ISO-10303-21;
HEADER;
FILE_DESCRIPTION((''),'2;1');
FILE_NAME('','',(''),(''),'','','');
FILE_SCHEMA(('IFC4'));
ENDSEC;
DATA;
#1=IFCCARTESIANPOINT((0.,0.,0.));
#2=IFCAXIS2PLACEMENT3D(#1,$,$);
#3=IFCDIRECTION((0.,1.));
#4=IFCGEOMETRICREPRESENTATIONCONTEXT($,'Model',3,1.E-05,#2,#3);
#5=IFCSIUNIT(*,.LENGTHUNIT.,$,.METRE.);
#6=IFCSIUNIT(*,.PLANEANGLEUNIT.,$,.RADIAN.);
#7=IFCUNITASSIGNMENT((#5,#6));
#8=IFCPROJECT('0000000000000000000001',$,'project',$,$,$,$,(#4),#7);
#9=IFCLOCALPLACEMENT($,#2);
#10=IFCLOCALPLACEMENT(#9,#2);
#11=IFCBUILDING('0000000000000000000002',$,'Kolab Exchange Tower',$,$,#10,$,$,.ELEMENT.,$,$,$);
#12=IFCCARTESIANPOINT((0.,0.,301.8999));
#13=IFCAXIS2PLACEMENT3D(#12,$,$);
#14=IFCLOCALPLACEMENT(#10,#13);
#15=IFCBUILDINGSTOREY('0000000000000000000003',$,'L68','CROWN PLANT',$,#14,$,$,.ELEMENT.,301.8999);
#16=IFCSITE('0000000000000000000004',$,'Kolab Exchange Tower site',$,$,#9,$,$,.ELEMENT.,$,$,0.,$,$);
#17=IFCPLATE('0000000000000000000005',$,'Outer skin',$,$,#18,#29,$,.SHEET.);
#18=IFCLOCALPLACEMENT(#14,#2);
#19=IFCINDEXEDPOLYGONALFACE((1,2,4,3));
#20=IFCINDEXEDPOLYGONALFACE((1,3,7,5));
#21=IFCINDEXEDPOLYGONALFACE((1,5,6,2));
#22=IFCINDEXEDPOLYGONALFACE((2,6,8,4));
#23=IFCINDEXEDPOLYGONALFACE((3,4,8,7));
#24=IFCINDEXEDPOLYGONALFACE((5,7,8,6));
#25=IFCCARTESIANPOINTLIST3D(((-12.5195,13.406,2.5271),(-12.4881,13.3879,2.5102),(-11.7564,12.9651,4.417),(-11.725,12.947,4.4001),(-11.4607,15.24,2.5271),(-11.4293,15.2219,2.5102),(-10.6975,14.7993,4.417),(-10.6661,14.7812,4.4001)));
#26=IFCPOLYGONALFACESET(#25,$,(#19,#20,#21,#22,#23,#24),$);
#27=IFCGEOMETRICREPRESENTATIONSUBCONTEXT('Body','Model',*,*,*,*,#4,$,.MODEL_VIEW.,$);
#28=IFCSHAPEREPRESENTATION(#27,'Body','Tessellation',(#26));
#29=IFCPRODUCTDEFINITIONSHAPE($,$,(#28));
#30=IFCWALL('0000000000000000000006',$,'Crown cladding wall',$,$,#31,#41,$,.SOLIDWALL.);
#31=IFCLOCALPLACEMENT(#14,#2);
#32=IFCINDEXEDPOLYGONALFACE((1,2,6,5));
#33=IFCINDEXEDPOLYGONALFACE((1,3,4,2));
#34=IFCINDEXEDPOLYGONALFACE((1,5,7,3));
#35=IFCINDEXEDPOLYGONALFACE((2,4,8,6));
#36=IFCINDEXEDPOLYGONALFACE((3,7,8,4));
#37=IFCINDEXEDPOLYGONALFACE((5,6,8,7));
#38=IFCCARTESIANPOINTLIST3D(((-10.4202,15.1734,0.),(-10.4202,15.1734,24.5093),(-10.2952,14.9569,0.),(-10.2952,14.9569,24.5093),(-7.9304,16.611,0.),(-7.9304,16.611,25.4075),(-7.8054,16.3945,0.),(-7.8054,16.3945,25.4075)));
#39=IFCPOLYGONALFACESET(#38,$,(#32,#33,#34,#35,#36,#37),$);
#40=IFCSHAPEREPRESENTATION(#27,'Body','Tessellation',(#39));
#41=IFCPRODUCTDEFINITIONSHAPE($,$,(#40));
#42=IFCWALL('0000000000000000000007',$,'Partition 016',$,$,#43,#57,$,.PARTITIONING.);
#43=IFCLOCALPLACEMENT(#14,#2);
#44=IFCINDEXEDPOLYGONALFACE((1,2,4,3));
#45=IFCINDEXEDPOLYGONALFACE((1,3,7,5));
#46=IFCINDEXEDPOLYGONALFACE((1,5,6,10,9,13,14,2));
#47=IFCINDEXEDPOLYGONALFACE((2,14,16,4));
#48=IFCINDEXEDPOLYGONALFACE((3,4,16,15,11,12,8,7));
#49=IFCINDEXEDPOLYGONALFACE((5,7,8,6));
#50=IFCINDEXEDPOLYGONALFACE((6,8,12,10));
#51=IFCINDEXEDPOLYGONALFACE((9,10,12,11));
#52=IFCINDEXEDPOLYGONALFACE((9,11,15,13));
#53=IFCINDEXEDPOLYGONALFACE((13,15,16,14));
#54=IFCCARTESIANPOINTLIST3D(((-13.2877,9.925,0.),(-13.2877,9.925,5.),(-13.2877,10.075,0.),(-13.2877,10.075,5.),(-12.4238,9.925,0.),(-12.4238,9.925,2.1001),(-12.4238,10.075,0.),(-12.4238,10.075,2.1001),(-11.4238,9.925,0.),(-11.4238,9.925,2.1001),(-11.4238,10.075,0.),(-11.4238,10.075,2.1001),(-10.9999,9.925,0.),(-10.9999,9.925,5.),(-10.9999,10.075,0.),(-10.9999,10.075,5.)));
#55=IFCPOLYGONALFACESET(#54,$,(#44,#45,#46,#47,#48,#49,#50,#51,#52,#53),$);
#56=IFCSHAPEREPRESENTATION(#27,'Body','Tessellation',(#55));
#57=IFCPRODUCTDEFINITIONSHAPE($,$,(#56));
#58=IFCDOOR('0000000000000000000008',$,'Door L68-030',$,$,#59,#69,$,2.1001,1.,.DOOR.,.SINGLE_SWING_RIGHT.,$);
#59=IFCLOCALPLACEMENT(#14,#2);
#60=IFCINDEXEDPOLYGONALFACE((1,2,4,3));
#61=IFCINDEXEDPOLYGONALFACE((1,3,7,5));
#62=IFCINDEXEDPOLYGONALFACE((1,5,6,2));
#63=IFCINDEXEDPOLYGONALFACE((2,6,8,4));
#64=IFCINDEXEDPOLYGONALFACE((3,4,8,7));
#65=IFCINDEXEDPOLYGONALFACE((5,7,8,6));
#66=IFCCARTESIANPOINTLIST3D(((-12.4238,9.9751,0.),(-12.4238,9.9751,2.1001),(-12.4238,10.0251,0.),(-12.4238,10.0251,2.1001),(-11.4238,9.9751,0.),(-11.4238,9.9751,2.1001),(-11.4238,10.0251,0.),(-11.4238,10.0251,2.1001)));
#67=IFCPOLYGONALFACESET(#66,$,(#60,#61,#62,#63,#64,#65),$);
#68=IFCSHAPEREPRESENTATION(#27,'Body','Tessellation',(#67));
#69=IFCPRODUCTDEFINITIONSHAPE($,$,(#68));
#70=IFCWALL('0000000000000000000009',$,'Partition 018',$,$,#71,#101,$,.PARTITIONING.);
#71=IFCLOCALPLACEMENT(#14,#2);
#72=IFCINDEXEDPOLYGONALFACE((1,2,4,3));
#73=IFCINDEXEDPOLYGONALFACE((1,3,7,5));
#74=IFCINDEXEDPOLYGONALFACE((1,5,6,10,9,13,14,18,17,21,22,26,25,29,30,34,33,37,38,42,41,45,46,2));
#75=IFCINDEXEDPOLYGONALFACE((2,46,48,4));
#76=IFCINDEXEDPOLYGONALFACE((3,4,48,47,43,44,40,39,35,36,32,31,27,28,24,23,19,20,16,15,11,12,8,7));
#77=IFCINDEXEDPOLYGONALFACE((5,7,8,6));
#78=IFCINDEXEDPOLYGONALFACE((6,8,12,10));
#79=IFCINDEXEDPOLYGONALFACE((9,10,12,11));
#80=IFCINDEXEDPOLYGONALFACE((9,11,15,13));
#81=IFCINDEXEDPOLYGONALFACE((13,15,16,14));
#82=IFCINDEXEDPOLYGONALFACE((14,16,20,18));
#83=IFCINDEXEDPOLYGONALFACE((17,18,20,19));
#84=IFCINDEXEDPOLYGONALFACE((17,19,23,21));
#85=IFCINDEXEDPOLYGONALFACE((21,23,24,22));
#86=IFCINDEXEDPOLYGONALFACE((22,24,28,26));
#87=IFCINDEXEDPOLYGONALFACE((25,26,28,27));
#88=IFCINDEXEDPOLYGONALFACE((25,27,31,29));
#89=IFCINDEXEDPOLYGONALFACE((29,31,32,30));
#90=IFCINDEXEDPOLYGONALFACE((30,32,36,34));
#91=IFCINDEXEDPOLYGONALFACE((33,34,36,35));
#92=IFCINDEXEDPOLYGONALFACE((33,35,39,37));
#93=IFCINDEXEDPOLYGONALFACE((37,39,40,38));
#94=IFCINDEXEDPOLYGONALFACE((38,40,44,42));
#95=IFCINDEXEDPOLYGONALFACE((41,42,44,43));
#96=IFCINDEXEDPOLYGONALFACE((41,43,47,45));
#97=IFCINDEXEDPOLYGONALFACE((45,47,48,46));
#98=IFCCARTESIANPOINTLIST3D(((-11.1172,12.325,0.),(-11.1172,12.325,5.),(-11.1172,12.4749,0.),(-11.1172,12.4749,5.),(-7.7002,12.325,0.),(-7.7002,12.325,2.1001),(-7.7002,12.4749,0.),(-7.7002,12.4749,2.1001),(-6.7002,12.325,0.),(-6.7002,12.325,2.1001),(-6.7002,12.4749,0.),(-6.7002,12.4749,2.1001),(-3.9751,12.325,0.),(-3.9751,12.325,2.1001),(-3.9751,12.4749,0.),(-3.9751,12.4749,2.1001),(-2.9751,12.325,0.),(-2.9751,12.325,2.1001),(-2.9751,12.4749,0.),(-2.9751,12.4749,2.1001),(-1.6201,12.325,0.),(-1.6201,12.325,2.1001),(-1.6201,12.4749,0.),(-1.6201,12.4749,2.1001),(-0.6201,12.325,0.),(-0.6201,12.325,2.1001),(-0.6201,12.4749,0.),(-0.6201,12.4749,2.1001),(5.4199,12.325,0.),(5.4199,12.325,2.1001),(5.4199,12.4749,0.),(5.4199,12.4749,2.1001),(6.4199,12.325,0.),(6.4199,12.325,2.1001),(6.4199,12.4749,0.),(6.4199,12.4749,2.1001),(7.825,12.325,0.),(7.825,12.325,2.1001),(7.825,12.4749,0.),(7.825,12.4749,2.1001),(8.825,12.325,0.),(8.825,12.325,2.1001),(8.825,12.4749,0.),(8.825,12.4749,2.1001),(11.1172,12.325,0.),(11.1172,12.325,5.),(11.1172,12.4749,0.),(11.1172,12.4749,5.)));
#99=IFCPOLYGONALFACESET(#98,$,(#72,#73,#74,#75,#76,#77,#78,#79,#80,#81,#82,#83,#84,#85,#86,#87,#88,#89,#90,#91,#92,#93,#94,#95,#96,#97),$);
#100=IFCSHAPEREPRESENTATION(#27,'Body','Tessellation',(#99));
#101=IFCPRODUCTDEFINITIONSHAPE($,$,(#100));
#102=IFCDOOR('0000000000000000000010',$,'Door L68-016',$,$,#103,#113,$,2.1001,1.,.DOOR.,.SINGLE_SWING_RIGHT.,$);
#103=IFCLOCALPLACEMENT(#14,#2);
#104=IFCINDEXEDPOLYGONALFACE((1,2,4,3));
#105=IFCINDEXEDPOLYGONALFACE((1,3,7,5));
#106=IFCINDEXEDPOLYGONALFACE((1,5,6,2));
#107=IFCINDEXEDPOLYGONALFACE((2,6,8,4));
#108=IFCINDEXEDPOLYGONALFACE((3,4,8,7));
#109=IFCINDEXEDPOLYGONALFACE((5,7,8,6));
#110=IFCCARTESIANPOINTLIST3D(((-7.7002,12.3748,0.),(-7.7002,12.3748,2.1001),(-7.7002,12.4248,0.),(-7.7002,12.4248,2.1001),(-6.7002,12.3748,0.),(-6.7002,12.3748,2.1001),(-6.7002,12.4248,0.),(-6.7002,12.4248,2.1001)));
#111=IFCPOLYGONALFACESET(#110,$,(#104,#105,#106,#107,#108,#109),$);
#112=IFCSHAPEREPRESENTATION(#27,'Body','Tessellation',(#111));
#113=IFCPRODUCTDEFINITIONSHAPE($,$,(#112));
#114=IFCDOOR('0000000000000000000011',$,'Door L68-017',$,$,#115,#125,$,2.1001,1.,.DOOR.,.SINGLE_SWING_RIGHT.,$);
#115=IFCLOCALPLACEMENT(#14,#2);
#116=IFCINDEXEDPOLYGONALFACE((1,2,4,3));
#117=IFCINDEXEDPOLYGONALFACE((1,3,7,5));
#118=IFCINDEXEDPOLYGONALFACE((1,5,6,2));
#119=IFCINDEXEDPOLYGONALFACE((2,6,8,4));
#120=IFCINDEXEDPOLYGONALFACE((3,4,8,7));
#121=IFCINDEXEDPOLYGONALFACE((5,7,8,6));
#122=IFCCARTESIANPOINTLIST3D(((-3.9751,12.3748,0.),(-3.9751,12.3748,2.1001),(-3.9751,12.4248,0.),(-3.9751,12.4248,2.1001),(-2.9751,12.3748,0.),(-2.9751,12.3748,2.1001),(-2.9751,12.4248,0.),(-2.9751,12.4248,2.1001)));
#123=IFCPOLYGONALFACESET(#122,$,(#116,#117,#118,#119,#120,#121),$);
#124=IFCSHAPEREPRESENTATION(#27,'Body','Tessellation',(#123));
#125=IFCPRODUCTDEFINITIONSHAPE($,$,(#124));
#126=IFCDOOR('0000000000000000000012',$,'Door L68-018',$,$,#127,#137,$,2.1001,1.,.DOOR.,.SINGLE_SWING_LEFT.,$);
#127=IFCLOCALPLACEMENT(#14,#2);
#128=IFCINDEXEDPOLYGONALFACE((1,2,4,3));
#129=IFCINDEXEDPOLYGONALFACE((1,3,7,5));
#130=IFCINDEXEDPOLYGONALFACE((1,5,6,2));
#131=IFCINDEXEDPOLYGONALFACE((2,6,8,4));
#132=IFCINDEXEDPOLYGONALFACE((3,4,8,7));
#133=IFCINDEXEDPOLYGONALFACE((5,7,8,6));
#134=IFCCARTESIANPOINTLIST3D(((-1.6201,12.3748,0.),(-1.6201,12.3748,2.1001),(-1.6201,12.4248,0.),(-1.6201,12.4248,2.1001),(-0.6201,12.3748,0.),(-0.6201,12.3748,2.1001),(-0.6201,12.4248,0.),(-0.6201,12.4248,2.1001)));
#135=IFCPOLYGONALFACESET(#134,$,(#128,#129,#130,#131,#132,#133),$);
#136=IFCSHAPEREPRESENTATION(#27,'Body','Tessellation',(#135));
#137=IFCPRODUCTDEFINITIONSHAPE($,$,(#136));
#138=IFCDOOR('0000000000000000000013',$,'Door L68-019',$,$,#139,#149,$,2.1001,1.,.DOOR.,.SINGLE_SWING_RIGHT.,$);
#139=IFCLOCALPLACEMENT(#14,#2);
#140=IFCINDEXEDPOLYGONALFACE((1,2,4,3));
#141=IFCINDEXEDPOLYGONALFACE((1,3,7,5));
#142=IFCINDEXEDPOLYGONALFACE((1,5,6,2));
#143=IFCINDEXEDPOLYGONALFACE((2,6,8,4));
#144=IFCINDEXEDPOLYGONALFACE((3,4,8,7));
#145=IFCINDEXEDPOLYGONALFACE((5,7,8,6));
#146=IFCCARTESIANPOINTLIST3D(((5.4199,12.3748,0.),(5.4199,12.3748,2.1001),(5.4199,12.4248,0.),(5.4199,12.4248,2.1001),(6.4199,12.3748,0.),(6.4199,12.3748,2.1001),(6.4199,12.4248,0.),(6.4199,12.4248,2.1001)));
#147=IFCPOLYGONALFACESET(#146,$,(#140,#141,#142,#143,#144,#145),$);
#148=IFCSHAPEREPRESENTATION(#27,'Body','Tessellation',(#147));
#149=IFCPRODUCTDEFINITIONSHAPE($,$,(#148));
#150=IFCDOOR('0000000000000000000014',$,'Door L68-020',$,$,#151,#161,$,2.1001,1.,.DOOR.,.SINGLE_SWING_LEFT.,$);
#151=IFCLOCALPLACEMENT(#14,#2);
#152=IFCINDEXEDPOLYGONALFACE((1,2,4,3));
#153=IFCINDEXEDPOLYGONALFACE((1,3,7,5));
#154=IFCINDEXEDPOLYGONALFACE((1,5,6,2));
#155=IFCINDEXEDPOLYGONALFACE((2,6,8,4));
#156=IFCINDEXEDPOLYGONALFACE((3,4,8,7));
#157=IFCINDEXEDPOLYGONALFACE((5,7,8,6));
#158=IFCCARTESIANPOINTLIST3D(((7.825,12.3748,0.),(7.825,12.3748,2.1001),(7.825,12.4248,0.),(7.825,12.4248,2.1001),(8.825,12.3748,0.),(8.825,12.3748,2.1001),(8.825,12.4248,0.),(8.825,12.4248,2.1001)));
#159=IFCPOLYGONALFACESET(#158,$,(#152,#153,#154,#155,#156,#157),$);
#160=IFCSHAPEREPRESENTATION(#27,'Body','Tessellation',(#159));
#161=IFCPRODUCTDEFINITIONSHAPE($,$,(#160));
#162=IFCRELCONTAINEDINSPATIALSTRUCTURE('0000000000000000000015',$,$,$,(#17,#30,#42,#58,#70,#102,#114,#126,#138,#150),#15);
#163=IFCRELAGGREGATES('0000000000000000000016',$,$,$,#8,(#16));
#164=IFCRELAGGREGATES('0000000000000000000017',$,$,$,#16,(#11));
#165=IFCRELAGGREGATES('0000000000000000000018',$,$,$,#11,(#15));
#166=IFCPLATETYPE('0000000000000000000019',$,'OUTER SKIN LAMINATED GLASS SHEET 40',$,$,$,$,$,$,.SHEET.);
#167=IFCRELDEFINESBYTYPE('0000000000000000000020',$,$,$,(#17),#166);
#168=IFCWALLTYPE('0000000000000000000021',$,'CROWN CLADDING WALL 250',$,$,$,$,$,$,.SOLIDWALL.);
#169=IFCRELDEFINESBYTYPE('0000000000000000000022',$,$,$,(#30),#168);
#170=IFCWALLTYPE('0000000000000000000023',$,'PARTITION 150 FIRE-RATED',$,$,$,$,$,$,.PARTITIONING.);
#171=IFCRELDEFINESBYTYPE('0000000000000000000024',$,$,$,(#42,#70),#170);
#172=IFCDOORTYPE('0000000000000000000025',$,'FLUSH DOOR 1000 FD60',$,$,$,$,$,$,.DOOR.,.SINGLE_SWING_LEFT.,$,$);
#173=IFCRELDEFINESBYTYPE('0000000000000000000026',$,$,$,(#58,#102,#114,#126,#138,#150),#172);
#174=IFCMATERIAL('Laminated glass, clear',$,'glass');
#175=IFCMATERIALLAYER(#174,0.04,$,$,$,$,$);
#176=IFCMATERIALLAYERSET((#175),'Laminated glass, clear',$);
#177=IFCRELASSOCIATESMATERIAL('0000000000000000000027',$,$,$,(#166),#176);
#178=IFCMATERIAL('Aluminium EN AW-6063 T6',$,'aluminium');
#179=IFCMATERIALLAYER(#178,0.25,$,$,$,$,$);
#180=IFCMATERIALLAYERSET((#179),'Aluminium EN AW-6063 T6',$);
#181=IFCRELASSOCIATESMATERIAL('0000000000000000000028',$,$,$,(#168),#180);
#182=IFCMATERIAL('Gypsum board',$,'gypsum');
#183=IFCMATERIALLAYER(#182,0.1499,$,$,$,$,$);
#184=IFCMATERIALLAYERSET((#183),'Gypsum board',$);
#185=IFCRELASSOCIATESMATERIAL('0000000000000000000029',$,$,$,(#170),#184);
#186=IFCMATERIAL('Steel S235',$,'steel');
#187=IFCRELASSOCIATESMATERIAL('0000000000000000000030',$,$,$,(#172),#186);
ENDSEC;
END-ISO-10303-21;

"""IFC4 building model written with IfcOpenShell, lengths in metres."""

from ifc_helpers import new_model, si_unit, direction, frame, frame_2d, origin, place, context, subcontext, project, spatial, polyline, rectangle, outline, extrude, material, layer, layer_set, type_object, element, fill, save


model = new_model("IFC4")

# Units and contexts
model_context = context("Model", 3, precision=1e-05, world=origin(), true_north=direction((0.0, 1.0)))
body_context = subcontext(model_context, "Body", "Model", "MODEL_VIEW")
ifc_project = project(units=[si_unit("LENGTHUNIT", "METRE"), si_unit("PLANEANGLEUNIT", "RADIAN")], contexts=[model_context])

# Site, building, storey
site_placement = place(None, origin())
site = spatial("IfcSite", under=ifc_project, at=site_placement, Name="Kolab Exchange Tower site", CompositionType="ELEMENT", RefElevation=0.0)
building_placement = place(site_placement, origin())
building = spatial("IfcBuilding", under=site, at=building_placement, Name="Kolab Exchange Tower", CompositionType="ELEMENT")
storey_placement = place(building_placement, frame((0.0, 0.0, 301.8999)))
storey = spatial("IfcBuildingStorey", under=building, at=storey_placement, Name="L68", Description="CROWN PLANT", CompositionType="ELEMENT", Elevation=301.8999)

# Plate
ifc_material_1 = material(Name="Laminated glass, clear", Category="glass")
ifc_layer_1 = layer(ifc_material_1, 0.04)
ifc_layer_set_1 = layer_set([ifc_layer_1], Name="Laminated glass, clear")
plate_type = type_object("IfcPlateType", Name="OUTER SKIN LAMINATED GLASS SHEET 40", PredefinedType="SHEET", material=ifc_layer_set_1)
plate_1_placement = place(storey_placement, frame((-12.5195, 13.406, 2.5271), z_axis=(-0.784891, 0.453121, 0.422643), x_axis=(0.499975, 0.86604, 0.000011)))
element("IfcPlate", 1, at=plate_1_placement, inside=storey, type_object=plate_type, Name="Outer skin", PredefinedType="SHEET", context=body_context, shape_type="SweptSolid", body=[
    extrude(outline(polyline([(0.0, 0.0), (2.1177, 0.0), (2.1176, -2.0853), (-0.0003, -2.0853), (0.0, 0.0)])), origin(), (0.0, 0.0, -1.0), 0.04),
])

# Wall
ifc_material_2 = material(Name="Aluminium EN AW-6063 T6", Category="aluminium")
ifc_layer_2 = layer(ifc_material_2, 0.25)
ifc_layer_set_2 = layer_set([ifc_layer_2], Name="Aluminium EN AW-6063 T6")
wall_type_1 = type_object("IfcWallType", Name="CROWN CLADDING WALL 250", PredefinedType="SOLIDWALL", material=ifc_layer_set_2)
wall_1_placement = place(storey_placement, frame((-10.3577, 15.0652, 0.0), z_axis=(0.0, 0.0, 1.0), x_axis=(0.866019, 0.500012, 0.0)))
element("IfcWall", 2, at=wall_1_placement, inside=storey, type_object=wall_type_1, Name="Crown cladding wall", PredefinedType="SOLIDWALL", context=body_context, shape_type="SweptSolid", body=[
    extrude(outline(polyline([(0.0, 0.0), (2.875, 0.0), (2.875, 25.4075), (0.0, 24.5093), (0.0, 0.0)])), frame((0.0, 0.125, 0.0), z_axis=(0.0, -1.0, 0.0), x_axis=(1.0, 0.0, 0.0)), (0.0, 0.0, 1.0), 0.25),
])

# Wall, opening, door
ifc_material_3 = material(Name="Gypsum board", Category="gypsum")
ifc_layer_3 = layer(ifc_material_3, 0.1499)
ifc_layer_set_3 = layer_set([ifc_layer_3], Name="Gypsum board")
wall_type_2 = type_object("IfcWallType", Name="PARTITION 150 FIRE-RATED", PredefinedType="PARTITIONING", material=ifc_layer_set_3)
wall_2_placement = place(storey_placement, frame((-13.2878, 10.0, 0.0), z_axis=(0.0, 0.0, 1.0), x_axis=(1.0, 0.0, 0.0)))
wall_2 = element("IfcWall", 3, at=wall_2_placement, inside=storey, type_object=wall_type_2, Name="Partition 016", PredefinedType="PARTITIONING", context=body_context, shape_type="SweptSolid", body=[
    extrude(rectangle(XDim=2.2878, YDim=0.1499, at=frame_2d((1.144, 0.0))), origin(), (0.0, 0.0, 1.0), 5.0),
])
opening_1_placement = place(wall_2_placement, frame((0.864, 0.0, 0.0)))
opening_1 = element("IfcOpeningElement", 4, at=opening_1_placement, cuts=wall_2, PredefinedType="OPENING", context=body_context, shape_type="SweptSolid", body=[
    extrude(rectangle(XDim=1.0, YDim=2.1001, at=frame_2d((0.5, 1.05))), frame((0.0, 0.085, 0.0), z_axis=(0.0, -1.0, 0.0), x_axis=(1.0, 0.0, 0.0)), (0.0, 0.0, 1.0), 0.1699),
])
ifc_material_4 = material(Name="Steel S235", Category="steel")
door_type = type_object("IfcDoorType", Name="FLUSH DOOR 1000 FD60", OperationType="SINGLE_SWING_LEFT", PredefinedType="DOOR", material=ifc_material_4)
door_1_placement = place(opening_1_placement, frame((1.0, 0.0, 0.0), z_axis=(0.0, 0.0, 1.0), x_axis=(-1.0, 0.0, 0.0)))
door_1 = element("IfcDoor", 5, at=door_1_placement, inside=storey, type_object=door_type, Name="Door L68-030", OperationType="SINGLE_SWING_RIGHT", OverallHeight=2.1001, OverallWidth=1.0, PredefinedType="DOOR", context=body_context, shape_type="SweptSolid", body=[
    extrude(rectangle(XDim=1.0, YDim=2.1001, at=frame_2d((0.5, 1.05))), frame((0.0, 0.0249, 0.0), z_axis=(0.0, -1.0, 0.0), x_axis=(1.0, 0.0, 0.0)), (0.0, 0.0, 1.0), 0.05),
])
fill(opening_1, door_1)

# Wall, openings, doors
wall_3_placement = place(storey_placement, frame((-11.1172, 12.3999, 0.0), z_axis=(0.0, 0.0, 1.0), x_axis=(1.0, 0.0, 0.0)))
wall_3 = element("IfcWall", 6, at=wall_3_placement, inside=storey, type_object=wall_type_2, Name="Partition 018", PredefinedType="PARTITIONING", context=body_context, shape_type="SweptSolid", body=[
    extrude(rectangle(XDim=22.2344, YDim=0.1499, at=frame_2d((11.1172, 0.0))), origin(), (0.0, 0.0, 1.0), 5.0),
])
opening_2_placement = place(wall_3_placement, frame((3.417, 0.0, 0.0)))
opening_2 = element("IfcOpeningElement", 7, at=opening_2_placement, cuts=wall_3, PredefinedType="OPENING", context=body_context, shape_type="SweptSolid", body=[
    extrude(rectangle(XDim=1.0, YDim=2.1001, at=frame_2d((0.5, 1.05))), frame((0.0, 0.085, 0.0), z_axis=(0.0, -1.0, 0.0), x_axis=(1.0, 0.0, 0.0)), (0.0, 0.0, 1.0), 0.1699),
])
opening_3_placement = place(wall_3_placement, frame((7.1421, 0.0, 0.0)))
opening_3 = element("IfcOpeningElement", 8, at=opening_3_placement, cuts=wall_3, PredefinedType="OPENING", context=body_context, shape_type="SweptSolid", body=[
    extrude(rectangle(XDim=1.0, YDim=2.1001, at=frame_2d((0.5, 1.05))), frame((0.0, 0.085, 0.0), z_axis=(0.0, -1.0, 0.0), x_axis=(1.0, 0.0, 0.0)), (0.0, 0.0, 1.0), 0.1699),
])
opening_4_placement = place(wall_3_placement, frame((9.4971, 0.0, 0.0)))
opening_4 = element("IfcOpeningElement", 9, at=opening_4_placement, cuts=wall_3, PredefinedType="OPENING", context=body_context, shape_type="SweptSolid", body=[
    extrude(rectangle(XDim=1.0, YDim=2.1001, at=frame_2d((0.5, 1.05))), frame((0.0, 0.085, 0.0), z_axis=(0.0, -1.0, 0.0), x_axis=(1.0, 0.0, 0.0)), (0.0, 0.0, 1.0), 0.1699),
])
opening_5_placement = place(wall_3_placement, frame((16.5371, 0.0, 0.0)))
opening_5 = element("IfcOpeningElement", 10, at=opening_5_placement, cuts=wall_3, PredefinedType="OPENING", context=body_context, shape_type="SweptSolid", body=[
    extrude(rectangle(XDim=1.0, YDim=2.1001, at=frame_2d((0.5, 1.05))), frame((0.0, 0.085, 0.0), z_axis=(0.0, -1.0, 0.0), x_axis=(1.0, 0.0, 0.0)), (0.0, 0.0, 1.0), 0.1699),
])
opening_6_placement = place(wall_3_placement, frame((18.9421, 0.0, 0.0)))
opening_6 = element("IfcOpeningElement", 11, at=opening_6_placement, cuts=wall_3, PredefinedType="OPENING", context=body_context, shape_type="SweptSolid", body=[
    extrude(rectangle(XDim=1.0, YDim=2.1001, at=frame_2d((0.5, 1.05))), frame((0.0, 0.085, 0.0), z_axis=(0.0, -1.0, 0.0), x_axis=(1.0, 0.0, 0.0)), (0.0, 0.0, 1.0), 0.1699),
])
door_2_placement = place(opening_2_placement, origin())
door_2 = element("IfcDoor", 12, at=door_2_placement, inside=storey, type_object=door_type, Name="Door L68-016", OperationType="SINGLE_SWING_RIGHT", OverallHeight=2.1001, OverallWidth=1.0, PredefinedType="DOOR", context=body_context, shape_type="SweptSolid", body=[
    extrude(rectangle(XDim=1.0, YDim=2.1001, at=frame_2d((0.5, 1.05))), frame((0.0, 0.0249, 0.0), z_axis=(0.0, -1.0, 0.0), x_axis=(1.0, 0.0, 0.0)), (0.0, 0.0, 1.0), 0.05),
])
fill(opening_2, door_2)
door_3_placement = place(opening_3_placement, origin())
door_3 = element("IfcDoor", 13, at=door_3_placement, inside=storey, type_object=door_type, Name="Door L68-017", OperationType="SINGLE_SWING_RIGHT", OverallHeight=2.1001, OverallWidth=1.0, PredefinedType="DOOR", context=body_context, shape_type="SweptSolid", body=[
    extrude(rectangle(XDim=1.0, YDim=2.1001, at=frame_2d((0.5, 1.05))), frame((0.0, 0.0249, 0.0), z_axis=(0.0, -1.0, 0.0), x_axis=(1.0, 0.0, 0.0)), (0.0, 0.0, 1.0), 0.05),
])
fill(opening_3, door_3)
door_4_placement = place(opening_4_placement, origin())
door_4 = element("IfcDoor", 14, at=door_4_placement, inside=storey, type_object=door_type, Name="Door L68-018", OperationType="SINGLE_SWING_LEFT", OverallHeight=2.1001, OverallWidth=1.0, PredefinedType="DOOR", context=body_context, shape_type="SweptSolid", body=[
    extrude(rectangle(XDim=1.0, YDim=2.1001, at=frame_2d((0.5, 1.05))), frame((0.0, 0.0249, 0.0), z_axis=(0.0, -1.0, 0.0), x_axis=(1.0, 0.0, 0.0)), (0.0, 0.0, 1.0), 0.05),
])
fill(opening_4, door_4)
door_5_placement = place(opening_5_placement, origin())
door_5 = element("IfcDoor", 15, at=door_5_placement, inside=storey, type_object=door_type, Name="Door L68-019", OperationType="SINGLE_SWING_RIGHT", OverallHeight=2.1001, OverallWidth=1.0, PredefinedType="DOOR", context=body_context, shape_type="SweptSolid", body=[
    extrude(rectangle(XDim=1.0, YDim=2.1001, at=frame_2d((0.5, 1.05))), frame((0.0, 0.0249, 0.0), z_axis=(0.0, -1.0, 0.0), x_axis=(1.0, 0.0, 0.0)), (0.0, 0.0, 1.0), 0.05),
])
fill(opening_5, door_5)
door_6_placement = place(opening_6_placement, origin())
door_6 = element("IfcDoor", 16, at=door_6_placement, inside=storey, type_object=door_type, Name="Door L68-020", OperationType="SINGLE_SWING_LEFT", OverallHeight=2.1001, OverallWidth=1.0, PredefinedType="DOOR", context=body_context, shape_type="SweptSolid", body=[
    extrude(rectangle(XDim=1.0, YDim=2.1001, at=frame_2d((0.5, 1.05))), frame((0.0, 0.0249, 0.0), z_axis=(0.0, -1.0, 0.0), x_axis=(1.0, 0.0, 0.0)), (0.0, 0.0, 1.0), 0.05),
])
fill(opening_6, door_6)

save(model, "model.ifc")
